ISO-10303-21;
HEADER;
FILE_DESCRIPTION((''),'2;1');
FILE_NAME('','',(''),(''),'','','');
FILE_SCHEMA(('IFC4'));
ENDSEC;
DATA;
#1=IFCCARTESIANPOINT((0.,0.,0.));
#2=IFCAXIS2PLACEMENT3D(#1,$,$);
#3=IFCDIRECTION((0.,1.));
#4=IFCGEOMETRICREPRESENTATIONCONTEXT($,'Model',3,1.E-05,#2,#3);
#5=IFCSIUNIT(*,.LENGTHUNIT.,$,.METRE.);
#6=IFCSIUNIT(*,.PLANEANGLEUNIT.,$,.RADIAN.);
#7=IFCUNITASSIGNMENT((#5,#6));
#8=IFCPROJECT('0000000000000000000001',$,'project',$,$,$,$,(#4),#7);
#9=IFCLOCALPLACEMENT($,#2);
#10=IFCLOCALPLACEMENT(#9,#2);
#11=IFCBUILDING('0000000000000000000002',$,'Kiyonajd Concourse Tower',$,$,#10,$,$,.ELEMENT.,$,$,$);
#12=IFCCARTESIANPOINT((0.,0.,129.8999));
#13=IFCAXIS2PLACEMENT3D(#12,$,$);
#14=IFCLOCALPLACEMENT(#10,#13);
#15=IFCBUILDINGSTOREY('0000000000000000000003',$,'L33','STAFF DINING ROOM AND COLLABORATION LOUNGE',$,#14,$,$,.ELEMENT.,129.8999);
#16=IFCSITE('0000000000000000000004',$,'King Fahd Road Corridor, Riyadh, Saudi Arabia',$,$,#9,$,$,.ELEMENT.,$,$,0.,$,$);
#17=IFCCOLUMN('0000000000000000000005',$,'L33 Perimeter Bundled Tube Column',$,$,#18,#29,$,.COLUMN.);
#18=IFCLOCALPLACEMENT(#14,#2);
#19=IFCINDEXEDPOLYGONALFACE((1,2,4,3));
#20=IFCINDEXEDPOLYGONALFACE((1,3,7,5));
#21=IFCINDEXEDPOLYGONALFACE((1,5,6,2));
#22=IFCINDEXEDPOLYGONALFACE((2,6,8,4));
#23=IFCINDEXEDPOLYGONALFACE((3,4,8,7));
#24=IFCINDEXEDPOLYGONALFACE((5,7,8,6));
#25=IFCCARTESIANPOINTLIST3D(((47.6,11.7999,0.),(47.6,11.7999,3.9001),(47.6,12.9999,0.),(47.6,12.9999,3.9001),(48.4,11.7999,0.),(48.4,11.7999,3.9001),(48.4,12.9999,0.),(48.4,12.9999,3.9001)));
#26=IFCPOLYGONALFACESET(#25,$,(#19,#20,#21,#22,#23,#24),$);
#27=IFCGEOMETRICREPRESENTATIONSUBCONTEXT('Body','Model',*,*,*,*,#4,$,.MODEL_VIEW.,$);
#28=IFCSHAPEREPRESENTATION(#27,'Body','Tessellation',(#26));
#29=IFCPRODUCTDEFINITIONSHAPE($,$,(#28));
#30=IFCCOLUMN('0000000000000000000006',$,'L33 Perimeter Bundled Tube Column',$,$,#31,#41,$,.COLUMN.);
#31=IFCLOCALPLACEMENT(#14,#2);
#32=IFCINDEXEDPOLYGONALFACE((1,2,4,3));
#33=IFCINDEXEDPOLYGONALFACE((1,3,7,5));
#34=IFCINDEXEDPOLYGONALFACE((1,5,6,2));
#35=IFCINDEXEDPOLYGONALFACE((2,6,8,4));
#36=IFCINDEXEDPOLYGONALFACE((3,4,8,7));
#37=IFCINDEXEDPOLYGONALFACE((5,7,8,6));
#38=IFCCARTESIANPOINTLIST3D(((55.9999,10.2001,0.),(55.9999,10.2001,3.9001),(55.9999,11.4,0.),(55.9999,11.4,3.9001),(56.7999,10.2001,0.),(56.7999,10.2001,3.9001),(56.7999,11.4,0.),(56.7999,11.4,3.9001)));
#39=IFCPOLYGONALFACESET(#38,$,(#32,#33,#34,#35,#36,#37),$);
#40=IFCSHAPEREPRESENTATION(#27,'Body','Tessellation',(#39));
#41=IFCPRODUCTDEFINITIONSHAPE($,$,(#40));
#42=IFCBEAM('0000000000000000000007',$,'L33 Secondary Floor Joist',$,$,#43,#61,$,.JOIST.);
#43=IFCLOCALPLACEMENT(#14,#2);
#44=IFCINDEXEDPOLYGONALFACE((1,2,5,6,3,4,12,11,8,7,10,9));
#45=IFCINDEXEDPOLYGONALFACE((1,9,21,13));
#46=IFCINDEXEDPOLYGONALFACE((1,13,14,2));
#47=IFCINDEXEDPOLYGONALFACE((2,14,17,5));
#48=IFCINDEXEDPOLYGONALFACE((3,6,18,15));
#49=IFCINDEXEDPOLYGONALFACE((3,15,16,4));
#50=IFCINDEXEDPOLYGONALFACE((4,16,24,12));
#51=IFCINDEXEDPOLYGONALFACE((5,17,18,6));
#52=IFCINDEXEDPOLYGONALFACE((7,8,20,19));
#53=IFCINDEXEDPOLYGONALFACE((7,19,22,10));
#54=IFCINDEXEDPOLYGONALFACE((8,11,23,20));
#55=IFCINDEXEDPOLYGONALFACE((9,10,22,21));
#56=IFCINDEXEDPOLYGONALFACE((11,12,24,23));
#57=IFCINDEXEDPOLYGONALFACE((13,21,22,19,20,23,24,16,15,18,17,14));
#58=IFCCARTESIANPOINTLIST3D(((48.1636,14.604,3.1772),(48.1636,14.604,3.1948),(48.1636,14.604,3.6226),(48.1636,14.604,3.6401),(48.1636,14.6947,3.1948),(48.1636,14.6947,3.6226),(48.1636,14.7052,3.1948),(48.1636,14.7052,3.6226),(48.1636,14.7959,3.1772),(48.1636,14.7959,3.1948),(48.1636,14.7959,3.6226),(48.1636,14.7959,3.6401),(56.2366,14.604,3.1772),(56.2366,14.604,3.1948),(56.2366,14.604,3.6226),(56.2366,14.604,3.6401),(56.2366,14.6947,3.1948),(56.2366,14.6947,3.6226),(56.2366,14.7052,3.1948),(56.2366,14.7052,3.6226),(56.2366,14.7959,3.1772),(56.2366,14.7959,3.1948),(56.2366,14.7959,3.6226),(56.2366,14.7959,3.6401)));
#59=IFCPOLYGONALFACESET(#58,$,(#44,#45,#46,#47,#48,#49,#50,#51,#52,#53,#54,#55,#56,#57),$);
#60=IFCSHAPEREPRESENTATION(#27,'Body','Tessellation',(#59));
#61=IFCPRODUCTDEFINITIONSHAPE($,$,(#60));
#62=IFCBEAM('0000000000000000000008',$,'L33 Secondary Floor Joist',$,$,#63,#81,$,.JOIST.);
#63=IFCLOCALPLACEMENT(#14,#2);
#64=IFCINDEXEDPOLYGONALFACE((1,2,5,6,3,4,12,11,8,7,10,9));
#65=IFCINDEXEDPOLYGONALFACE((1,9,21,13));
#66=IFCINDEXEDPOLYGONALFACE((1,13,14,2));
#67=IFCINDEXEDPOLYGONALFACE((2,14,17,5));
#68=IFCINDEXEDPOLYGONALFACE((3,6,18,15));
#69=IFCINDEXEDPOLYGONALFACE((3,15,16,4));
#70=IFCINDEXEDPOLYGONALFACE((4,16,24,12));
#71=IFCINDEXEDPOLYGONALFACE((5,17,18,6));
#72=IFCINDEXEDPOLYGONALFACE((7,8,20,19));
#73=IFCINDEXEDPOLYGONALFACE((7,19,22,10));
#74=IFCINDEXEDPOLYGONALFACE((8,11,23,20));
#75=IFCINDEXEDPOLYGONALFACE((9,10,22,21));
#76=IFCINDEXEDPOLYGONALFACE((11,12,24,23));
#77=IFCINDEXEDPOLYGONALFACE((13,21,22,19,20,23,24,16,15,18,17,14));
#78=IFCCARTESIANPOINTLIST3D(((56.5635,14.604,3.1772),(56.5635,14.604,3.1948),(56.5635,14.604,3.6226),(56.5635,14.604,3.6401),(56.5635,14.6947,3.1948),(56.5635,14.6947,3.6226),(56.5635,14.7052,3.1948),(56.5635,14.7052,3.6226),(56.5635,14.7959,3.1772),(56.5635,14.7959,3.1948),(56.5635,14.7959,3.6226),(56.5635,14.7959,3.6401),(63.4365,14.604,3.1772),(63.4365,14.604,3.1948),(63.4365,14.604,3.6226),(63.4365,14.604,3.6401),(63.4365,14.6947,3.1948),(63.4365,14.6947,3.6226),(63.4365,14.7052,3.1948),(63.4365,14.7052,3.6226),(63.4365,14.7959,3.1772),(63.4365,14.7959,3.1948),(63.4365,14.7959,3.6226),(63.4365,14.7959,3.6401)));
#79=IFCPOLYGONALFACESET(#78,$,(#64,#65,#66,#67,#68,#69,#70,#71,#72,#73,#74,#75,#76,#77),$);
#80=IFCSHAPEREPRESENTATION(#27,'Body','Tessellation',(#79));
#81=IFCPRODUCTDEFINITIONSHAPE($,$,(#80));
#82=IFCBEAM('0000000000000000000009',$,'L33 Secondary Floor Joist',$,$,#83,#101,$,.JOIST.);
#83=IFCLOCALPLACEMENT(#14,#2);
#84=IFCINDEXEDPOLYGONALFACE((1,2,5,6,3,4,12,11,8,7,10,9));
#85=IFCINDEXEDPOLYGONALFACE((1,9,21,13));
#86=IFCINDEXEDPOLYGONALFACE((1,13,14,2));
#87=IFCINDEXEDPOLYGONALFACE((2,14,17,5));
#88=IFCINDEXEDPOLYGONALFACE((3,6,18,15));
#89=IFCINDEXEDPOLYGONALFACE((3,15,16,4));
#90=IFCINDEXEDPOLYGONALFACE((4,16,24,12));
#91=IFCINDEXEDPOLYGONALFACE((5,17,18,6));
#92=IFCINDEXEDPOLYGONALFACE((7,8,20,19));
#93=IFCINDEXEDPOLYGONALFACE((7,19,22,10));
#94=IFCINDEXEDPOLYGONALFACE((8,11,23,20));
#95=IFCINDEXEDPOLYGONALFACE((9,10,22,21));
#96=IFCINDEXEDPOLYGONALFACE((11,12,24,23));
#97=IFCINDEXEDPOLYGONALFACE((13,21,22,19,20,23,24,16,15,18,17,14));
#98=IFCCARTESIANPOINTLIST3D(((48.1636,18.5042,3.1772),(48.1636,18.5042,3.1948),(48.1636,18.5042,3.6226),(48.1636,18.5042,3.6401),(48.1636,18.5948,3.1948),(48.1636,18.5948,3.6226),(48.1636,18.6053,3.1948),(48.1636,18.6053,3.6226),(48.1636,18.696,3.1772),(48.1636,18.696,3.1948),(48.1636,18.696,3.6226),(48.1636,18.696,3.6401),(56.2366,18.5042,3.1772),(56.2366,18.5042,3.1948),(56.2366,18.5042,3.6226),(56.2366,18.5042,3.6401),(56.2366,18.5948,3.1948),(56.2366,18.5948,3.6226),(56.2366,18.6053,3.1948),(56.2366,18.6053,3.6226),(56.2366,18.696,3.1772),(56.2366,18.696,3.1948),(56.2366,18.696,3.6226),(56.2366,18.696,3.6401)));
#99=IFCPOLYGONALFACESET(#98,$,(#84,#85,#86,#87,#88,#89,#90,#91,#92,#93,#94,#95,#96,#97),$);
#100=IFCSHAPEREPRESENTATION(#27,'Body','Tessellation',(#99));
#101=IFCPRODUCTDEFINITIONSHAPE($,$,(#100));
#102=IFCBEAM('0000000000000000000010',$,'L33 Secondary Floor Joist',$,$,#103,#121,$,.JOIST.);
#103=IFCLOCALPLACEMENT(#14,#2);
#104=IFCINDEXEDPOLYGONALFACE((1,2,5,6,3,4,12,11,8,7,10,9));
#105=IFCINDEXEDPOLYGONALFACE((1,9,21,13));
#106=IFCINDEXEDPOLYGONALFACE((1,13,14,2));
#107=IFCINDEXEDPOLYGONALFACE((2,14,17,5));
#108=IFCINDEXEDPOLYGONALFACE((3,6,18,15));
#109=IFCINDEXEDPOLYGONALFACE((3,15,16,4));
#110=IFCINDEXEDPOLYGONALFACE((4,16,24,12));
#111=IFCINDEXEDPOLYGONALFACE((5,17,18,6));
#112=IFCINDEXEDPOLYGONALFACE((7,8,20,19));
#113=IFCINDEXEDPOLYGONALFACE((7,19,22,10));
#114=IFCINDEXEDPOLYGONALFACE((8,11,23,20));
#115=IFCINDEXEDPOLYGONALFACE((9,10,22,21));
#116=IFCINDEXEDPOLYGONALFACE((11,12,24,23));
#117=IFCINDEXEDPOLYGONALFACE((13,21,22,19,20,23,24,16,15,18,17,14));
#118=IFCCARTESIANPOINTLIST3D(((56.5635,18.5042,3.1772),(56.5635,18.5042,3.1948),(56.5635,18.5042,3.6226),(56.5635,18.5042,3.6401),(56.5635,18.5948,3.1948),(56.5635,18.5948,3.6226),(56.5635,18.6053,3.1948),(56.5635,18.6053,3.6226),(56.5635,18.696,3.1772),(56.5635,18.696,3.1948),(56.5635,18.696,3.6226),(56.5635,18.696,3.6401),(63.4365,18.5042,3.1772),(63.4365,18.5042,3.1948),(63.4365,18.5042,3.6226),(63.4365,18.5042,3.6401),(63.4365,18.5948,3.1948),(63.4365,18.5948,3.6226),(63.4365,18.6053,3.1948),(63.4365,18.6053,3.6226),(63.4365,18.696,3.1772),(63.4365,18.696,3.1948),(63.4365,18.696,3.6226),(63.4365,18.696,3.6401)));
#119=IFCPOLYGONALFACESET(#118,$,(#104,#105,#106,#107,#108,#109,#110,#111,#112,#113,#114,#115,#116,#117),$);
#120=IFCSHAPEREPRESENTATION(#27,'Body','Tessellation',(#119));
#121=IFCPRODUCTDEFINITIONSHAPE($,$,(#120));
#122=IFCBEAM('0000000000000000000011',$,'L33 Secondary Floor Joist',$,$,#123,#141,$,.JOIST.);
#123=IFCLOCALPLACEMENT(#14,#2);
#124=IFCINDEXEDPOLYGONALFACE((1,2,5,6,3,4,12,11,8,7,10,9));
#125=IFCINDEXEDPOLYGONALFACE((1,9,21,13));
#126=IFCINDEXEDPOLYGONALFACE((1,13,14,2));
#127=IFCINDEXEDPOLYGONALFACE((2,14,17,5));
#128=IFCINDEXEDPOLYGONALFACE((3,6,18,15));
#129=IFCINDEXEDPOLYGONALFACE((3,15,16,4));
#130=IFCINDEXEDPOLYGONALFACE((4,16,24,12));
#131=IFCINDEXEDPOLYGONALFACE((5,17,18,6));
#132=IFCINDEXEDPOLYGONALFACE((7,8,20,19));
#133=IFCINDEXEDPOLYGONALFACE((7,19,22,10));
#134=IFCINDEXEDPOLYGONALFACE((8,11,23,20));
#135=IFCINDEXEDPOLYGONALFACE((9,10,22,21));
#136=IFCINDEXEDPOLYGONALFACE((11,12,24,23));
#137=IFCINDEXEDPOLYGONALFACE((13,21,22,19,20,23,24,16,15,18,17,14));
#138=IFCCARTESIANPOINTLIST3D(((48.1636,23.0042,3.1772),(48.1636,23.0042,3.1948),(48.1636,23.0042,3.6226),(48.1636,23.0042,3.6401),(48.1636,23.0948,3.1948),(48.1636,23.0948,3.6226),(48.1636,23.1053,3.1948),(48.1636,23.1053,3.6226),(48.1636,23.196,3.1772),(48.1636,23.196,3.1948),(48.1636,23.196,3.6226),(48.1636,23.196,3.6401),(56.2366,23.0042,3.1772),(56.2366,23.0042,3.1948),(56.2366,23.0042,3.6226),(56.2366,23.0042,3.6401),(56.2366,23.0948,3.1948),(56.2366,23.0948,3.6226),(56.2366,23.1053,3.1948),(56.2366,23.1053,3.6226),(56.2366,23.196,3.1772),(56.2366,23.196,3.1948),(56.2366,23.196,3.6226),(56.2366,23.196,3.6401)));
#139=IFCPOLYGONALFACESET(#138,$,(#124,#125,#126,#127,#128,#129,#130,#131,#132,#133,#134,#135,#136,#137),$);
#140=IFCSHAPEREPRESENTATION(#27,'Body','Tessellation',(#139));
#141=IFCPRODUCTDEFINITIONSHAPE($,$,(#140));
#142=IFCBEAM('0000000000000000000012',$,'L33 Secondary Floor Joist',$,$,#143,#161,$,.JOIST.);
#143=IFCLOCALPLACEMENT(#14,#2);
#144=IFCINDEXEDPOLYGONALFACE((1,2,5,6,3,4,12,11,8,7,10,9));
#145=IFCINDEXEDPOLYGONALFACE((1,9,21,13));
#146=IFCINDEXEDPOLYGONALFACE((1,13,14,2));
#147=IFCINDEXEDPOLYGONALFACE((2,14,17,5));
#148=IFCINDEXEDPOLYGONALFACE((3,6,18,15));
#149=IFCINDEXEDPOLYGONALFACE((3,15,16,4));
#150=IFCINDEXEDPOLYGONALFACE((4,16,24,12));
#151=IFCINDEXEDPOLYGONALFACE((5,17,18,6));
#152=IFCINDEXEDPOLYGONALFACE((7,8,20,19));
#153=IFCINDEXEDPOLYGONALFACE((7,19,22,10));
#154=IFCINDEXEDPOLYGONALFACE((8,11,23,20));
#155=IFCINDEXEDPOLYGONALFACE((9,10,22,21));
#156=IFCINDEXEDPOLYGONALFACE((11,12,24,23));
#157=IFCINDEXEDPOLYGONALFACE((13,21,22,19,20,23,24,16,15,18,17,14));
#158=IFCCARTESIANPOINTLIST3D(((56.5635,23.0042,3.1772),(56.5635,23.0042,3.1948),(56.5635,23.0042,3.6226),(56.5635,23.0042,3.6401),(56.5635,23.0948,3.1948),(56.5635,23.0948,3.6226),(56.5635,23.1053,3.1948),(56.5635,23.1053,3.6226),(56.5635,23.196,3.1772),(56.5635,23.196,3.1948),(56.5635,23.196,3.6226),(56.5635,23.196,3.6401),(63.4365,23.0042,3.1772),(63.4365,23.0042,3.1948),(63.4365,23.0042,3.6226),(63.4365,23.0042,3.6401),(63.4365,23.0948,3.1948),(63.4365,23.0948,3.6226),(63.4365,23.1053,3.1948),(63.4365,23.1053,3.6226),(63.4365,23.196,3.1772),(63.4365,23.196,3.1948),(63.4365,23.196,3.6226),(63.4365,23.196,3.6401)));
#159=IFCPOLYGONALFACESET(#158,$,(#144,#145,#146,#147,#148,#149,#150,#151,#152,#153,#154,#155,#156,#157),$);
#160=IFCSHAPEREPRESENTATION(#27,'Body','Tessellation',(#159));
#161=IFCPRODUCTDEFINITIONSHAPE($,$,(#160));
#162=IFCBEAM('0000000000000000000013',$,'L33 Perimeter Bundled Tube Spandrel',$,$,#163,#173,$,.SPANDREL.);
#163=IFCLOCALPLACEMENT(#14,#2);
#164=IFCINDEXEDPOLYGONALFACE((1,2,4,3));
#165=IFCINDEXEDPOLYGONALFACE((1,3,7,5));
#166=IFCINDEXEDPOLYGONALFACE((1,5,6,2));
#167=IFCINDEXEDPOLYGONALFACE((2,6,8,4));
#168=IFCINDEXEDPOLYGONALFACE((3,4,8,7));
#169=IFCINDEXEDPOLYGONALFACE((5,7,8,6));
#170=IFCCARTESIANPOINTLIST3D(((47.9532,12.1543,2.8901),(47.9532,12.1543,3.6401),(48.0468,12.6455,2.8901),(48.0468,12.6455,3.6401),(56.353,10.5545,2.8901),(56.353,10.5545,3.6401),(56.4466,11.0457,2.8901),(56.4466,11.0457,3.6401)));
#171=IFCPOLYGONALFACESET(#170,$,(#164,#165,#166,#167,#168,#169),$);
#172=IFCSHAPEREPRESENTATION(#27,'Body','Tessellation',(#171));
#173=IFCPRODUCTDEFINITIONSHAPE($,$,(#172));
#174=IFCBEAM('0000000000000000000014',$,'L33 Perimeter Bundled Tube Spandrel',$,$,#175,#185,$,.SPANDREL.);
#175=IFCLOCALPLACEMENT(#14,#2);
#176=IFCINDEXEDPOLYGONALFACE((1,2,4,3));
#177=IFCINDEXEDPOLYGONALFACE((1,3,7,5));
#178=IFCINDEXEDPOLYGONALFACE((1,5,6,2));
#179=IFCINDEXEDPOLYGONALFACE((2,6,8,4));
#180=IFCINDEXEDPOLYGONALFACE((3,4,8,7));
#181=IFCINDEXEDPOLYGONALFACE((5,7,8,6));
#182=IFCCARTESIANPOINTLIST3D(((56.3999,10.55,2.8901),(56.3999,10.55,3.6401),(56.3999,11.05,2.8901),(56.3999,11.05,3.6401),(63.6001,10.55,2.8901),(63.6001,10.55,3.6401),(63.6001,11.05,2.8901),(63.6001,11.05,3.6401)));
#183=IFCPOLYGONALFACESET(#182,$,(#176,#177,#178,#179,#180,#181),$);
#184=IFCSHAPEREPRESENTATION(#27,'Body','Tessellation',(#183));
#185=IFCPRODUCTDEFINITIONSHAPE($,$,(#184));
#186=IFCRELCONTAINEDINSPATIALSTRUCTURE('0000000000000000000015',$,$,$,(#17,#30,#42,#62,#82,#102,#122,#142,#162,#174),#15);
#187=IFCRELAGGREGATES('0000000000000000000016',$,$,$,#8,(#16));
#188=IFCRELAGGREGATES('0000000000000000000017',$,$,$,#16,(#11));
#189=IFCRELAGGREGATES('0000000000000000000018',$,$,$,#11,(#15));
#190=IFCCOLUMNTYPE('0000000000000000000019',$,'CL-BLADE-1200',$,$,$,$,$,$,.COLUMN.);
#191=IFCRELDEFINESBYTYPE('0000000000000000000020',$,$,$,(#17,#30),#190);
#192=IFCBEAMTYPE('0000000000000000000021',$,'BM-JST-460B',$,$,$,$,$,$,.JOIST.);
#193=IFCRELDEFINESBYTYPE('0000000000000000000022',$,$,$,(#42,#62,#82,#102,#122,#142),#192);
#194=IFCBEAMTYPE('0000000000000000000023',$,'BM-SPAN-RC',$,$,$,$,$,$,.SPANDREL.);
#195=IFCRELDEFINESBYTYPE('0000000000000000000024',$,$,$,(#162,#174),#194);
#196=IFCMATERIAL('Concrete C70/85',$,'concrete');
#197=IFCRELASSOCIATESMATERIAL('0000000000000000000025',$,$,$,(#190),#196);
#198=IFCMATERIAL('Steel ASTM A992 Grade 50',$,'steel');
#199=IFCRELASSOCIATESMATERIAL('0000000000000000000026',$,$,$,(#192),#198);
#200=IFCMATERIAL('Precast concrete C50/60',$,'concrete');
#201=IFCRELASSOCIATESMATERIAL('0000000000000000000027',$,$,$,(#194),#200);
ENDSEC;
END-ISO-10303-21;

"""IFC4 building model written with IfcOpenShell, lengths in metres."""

from ifc_helpers import new_model, si_unit, direction, frame, origin, origin_2d, place, context, subcontext, project, spatial, rectangle, i_section, extrude, material, material_profile, profile_set, type_object, element, save


model = new_model("IFC4")

# Units and contexts
model_context = context("Model", 3, precision=1e-05, world=origin(), true_north=direction((0.0, 1.0)))
body_context = subcontext(model_context, "Body", "Model", "MODEL_VIEW")
ifc_project = project(units=[si_unit("LENGTHUNIT", "METRE"), si_unit("PLANEANGLEUNIT", "RADIAN")], contexts=[model_context])

# Site, building, storey
site_placement = place(None, origin())
site = spatial("IfcSite", under=ifc_project, at=site_placement, Name="King Fahd Road Corridor, Riyadh, Saudi Arabia", CompositionType="ELEMENT", RefElevation=0.0)
building_placement = place(site_placement, origin())
building = spatial("IfcBuilding", under=site, at=building_placement, Name="Kiyonajd Concourse Tower", CompositionType="ELEMENT")
storey_placement = place(building_placement, frame((0.0, 0.0, 129.8999)))
storey = spatial("IfcBuildingStorey", under=building, at=storey_placement, Name="L33", Description="STAFF DINING ROOM AND COLLABORATION LOUNGE", CompositionType="ELEMENT", Elevation=129.8999)

# Columns
ifc_material_1 = material(Name="Concrete C70/85", Category="concrete")
ifc_material_profile_1 = material_profile(ifc_material_1, rectangle(XDim=0.8, YDim=1.2, at=origin_2d()), Name="RC-1200x800")
ifc_profile_set_1 = profile_set([ifc_material_profile_1], Name="Concrete C70/85")
column_type = type_object("IfcColumnType", Name="CL-BLADE-1200", PredefinedType="COLUMN", material=ifc_profile_set_1)
for number, where, z_axis, x_axis, name in (
    (1, (48.0, 12.3999, 0.0), (0.0, 0.0, 1.0), (1.0, 0.0, 0.0), "L33 Perimeter Bundled Tube Column"),
    (2, (56.3999, 10.8, 0.0), (0.0, 0.0, 1.0), (1.0, 0.0, 0.0), "L33 Perimeter Bundled Tube Column"),
):
    element("IfcColumn", number, at=place(storey_placement, frame(where, z_axis=z_axis, x_axis=x_axis)), inside=storey, type_object=column_type, Name=name, PredefinedType="COLUMN", context=body_context, shape_type="SweptSolid", body=[
        extrude(rectangle(XDim=0.8, YDim=1.2, at=origin_2d()), origin(), (0.0, 0.0, 1.0), 3.9001),
    ])

# Beams
ifc_material_2 = material(Name="Steel ASTM A992 Grade 50", Category="steel")
ifc_material_profile_2 = material_profile(ifc_material_2, i_section(OverallWidth=0.1919, OverallDepth=0.4629, WebThickness=0.0105, FlangeThickness=0.0176, at=origin_2d()), Name="W460X89")
ifc_profile_set_2 = profile_set([ifc_material_profile_2], Name="Steel ASTM A992 Grade 50")
beam_type_1 = type_object("IfcBeamType", Name="BM-JST-460B", PredefinedType="JOIST", material=ifc_profile_set_2)
beam_1_placement = place(storey_placement, frame((48.1636, 14.7, 3.4087), z_axis=(1.0, 0.0, 0.0), x_axis=(0.0, 1.0, 0.0)))
element("IfcBeam", 3, at=beam_1_placement, inside=storey, type_object=beam_type_1, Name="L33 Secondary Floor Joist", PredefinedType="JOIST", context=body_context, shape_type="SweptSolid", body=[
    extrude(i_section(OverallWidth=0.1919, OverallDepth=0.4629, WebThickness=0.0105, FlangeThickness=0.0176, at=origin_2d()), origin(), (0.0, 0.0, 1.0), 8.073),
])
beam_2_placement = place(storey_placement, frame((56.5635, 14.7, 3.4087), z_axis=(1.0, 0.0, 0.0), x_axis=(0.0, 1.0, 0.0)))
element("IfcBeam", 4, at=beam_2_placement, inside=storey, type_object=beam_type_1, Name="L33 Secondary Floor Joist", PredefinedType="JOIST", context=body_context, shape_type="SweptSolid", body=[
    extrude(i_section(OverallWidth=0.1919, OverallDepth=0.4629, WebThickness=0.0105, FlangeThickness=0.0176, at=origin_2d()), origin(), (0.0, 0.0, 1.0), 6.873),
])
beam_3_placement = place(storey_placement, frame((48.1636, 18.6001, 3.4087), z_axis=(1.0, 0.0, 0.0), x_axis=(0.0, 1.0, 0.0)))
element("IfcBeam", 5, at=beam_3_placement, inside=storey, type_object=beam_type_1, Name="L33 Secondary Floor Joist", PredefinedType="JOIST", context=body_context, shape_type="SweptSolid", body=[
    extrude(i_section(OverallWidth=0.1919, OverallDepth=0.4629, WebThickness=0.0105, FlangeThickness=0.0176, at=origin_2d()), origin(), (0.0, 0.0, 1.0), 8.073),
])
beam_4_placement = place(storey_placement, frame((56.5635, 18.6001, 3.4087), z_axis=(1.0, 0.0, 0.0), x_axis=(0.0, 1.0, 0.0)))
element("IfcBeam", 6, at=beam_4_placement, inside=storey, type_object=beam_type_1, Name="L33 Secondary Floor Joist", PredefinedType="JOIST", context=body_context, shape_type="SweptSolid", body=[
    extrude(i_section(OverallWidth=0.1919, OverallDepth=0.4629, WebThickness=0.0105, FlangeThickness=0.0176, at=origin_2d()), origin(), (0.0, 0.0, 1.0), 6.873),
])
beam_5_placement = place(storey_placement, frame((48.1636, 23.1001, 3.4087), z_axis=(1.0, 0.0, 0.0), x_axis=(0.0, 1.0, 0.0)))
element("IfcBeam", 7, at=beam_5_placement, inside=storey, type_object=beam_type_1, Name="L33 Secondary Floor Joist", PredefinedType="JOIST", context=body_context, shape_type="SweptSolid", body=[
    extrude(i_section(OverallWidth=0.1919, OverallDepth=0.4629, WebThickness=0.0105, FlangeThickness=0.0176, at=origin_2d()), origin(), (0.0, 0.0, 1.0), 8.073),
])
beam_6_placement = place(storey_placement, frame((56.5635, 23.1001, 3.4087), z_axis=(1.0, 0.0, 0.0), x_axis=(0.0, 1.0, 0.0)))
element("IfcBeam", 8, at=beam_6_placement, inside=storey, type_object=beam_type_1, Name="L33 Secondary Floor Joist", PredefinedType="JOIST", context=body_context, shape_type="SweptSolid", body=[
    extrude(i_section(OverallWidth=0.1919, OverallDepth=0.4629, WebThickness=0.0105, FlangeThickness=0.0176, at=origin_2d()), origin(), (0.0, 0.0, 1.0), 6.873),
])
ifc_material_3 = material(Name="Precast concrete C50/60", Category="concrete")
ifc_material_profile_3 = material_profile(ifc_material_3, rectangle(XDim=0.5, YDim=0.75, at=origin_2d()), Name="RCBM-500x750")
ifc_profile_set_3 = profile_set([ifc_material_profile_3], Name="Precast concrete C50/60")
beam_type_2 = type_object("IfcBeamType", Name="BM-SPAN-RC", PredefinedType="SPANDREL", material=ifc_profile_set_3)
beam_7_placement = place(storey_placement, frame((48.0, 12.3999, 3.2651), z_axis=(0.982341, -0.187098, 0.0), x_axis=(0.187098, 0.982341, 0.0)))
element("IfcBeam", 9, at=beam_7_placement, inside=storey, type_object=beam_type_2, Name="L33 Perimeter Bundled Tube Spandrel", PredefinedType="SPANDREL", context=body_context, shape_type="SweptSolid", body=[
    extrude(rectangle(XDim=0.5, YDim=0.75, at=origin_2d()), origin(), (0.0, 0.0, 1.0), 8.5508),
])
beam_8_placement = place(storey_placement, frame((56.3999, 10.8, 3.2651), z_axis=(1.0, 0.0, 0.0), x_axis=(0.0, 1.0, 0.0)))
element("IfcBeam", 10, at=beam_8_placement, inside=storey, type_object=beam_type_2, Name="L33 Perimeter Bundled Tube Spandrel", PredefinedType="SPANDREL", context=body_context, shape_type="SweptSolid", body=[
    extrude(rectangle(XDim=0.5, YDim=0.75, at=origin_2d()), origin(), (0.0, 0.0, 1.0), 7.2002),
])

save(model, "model.ifc")
